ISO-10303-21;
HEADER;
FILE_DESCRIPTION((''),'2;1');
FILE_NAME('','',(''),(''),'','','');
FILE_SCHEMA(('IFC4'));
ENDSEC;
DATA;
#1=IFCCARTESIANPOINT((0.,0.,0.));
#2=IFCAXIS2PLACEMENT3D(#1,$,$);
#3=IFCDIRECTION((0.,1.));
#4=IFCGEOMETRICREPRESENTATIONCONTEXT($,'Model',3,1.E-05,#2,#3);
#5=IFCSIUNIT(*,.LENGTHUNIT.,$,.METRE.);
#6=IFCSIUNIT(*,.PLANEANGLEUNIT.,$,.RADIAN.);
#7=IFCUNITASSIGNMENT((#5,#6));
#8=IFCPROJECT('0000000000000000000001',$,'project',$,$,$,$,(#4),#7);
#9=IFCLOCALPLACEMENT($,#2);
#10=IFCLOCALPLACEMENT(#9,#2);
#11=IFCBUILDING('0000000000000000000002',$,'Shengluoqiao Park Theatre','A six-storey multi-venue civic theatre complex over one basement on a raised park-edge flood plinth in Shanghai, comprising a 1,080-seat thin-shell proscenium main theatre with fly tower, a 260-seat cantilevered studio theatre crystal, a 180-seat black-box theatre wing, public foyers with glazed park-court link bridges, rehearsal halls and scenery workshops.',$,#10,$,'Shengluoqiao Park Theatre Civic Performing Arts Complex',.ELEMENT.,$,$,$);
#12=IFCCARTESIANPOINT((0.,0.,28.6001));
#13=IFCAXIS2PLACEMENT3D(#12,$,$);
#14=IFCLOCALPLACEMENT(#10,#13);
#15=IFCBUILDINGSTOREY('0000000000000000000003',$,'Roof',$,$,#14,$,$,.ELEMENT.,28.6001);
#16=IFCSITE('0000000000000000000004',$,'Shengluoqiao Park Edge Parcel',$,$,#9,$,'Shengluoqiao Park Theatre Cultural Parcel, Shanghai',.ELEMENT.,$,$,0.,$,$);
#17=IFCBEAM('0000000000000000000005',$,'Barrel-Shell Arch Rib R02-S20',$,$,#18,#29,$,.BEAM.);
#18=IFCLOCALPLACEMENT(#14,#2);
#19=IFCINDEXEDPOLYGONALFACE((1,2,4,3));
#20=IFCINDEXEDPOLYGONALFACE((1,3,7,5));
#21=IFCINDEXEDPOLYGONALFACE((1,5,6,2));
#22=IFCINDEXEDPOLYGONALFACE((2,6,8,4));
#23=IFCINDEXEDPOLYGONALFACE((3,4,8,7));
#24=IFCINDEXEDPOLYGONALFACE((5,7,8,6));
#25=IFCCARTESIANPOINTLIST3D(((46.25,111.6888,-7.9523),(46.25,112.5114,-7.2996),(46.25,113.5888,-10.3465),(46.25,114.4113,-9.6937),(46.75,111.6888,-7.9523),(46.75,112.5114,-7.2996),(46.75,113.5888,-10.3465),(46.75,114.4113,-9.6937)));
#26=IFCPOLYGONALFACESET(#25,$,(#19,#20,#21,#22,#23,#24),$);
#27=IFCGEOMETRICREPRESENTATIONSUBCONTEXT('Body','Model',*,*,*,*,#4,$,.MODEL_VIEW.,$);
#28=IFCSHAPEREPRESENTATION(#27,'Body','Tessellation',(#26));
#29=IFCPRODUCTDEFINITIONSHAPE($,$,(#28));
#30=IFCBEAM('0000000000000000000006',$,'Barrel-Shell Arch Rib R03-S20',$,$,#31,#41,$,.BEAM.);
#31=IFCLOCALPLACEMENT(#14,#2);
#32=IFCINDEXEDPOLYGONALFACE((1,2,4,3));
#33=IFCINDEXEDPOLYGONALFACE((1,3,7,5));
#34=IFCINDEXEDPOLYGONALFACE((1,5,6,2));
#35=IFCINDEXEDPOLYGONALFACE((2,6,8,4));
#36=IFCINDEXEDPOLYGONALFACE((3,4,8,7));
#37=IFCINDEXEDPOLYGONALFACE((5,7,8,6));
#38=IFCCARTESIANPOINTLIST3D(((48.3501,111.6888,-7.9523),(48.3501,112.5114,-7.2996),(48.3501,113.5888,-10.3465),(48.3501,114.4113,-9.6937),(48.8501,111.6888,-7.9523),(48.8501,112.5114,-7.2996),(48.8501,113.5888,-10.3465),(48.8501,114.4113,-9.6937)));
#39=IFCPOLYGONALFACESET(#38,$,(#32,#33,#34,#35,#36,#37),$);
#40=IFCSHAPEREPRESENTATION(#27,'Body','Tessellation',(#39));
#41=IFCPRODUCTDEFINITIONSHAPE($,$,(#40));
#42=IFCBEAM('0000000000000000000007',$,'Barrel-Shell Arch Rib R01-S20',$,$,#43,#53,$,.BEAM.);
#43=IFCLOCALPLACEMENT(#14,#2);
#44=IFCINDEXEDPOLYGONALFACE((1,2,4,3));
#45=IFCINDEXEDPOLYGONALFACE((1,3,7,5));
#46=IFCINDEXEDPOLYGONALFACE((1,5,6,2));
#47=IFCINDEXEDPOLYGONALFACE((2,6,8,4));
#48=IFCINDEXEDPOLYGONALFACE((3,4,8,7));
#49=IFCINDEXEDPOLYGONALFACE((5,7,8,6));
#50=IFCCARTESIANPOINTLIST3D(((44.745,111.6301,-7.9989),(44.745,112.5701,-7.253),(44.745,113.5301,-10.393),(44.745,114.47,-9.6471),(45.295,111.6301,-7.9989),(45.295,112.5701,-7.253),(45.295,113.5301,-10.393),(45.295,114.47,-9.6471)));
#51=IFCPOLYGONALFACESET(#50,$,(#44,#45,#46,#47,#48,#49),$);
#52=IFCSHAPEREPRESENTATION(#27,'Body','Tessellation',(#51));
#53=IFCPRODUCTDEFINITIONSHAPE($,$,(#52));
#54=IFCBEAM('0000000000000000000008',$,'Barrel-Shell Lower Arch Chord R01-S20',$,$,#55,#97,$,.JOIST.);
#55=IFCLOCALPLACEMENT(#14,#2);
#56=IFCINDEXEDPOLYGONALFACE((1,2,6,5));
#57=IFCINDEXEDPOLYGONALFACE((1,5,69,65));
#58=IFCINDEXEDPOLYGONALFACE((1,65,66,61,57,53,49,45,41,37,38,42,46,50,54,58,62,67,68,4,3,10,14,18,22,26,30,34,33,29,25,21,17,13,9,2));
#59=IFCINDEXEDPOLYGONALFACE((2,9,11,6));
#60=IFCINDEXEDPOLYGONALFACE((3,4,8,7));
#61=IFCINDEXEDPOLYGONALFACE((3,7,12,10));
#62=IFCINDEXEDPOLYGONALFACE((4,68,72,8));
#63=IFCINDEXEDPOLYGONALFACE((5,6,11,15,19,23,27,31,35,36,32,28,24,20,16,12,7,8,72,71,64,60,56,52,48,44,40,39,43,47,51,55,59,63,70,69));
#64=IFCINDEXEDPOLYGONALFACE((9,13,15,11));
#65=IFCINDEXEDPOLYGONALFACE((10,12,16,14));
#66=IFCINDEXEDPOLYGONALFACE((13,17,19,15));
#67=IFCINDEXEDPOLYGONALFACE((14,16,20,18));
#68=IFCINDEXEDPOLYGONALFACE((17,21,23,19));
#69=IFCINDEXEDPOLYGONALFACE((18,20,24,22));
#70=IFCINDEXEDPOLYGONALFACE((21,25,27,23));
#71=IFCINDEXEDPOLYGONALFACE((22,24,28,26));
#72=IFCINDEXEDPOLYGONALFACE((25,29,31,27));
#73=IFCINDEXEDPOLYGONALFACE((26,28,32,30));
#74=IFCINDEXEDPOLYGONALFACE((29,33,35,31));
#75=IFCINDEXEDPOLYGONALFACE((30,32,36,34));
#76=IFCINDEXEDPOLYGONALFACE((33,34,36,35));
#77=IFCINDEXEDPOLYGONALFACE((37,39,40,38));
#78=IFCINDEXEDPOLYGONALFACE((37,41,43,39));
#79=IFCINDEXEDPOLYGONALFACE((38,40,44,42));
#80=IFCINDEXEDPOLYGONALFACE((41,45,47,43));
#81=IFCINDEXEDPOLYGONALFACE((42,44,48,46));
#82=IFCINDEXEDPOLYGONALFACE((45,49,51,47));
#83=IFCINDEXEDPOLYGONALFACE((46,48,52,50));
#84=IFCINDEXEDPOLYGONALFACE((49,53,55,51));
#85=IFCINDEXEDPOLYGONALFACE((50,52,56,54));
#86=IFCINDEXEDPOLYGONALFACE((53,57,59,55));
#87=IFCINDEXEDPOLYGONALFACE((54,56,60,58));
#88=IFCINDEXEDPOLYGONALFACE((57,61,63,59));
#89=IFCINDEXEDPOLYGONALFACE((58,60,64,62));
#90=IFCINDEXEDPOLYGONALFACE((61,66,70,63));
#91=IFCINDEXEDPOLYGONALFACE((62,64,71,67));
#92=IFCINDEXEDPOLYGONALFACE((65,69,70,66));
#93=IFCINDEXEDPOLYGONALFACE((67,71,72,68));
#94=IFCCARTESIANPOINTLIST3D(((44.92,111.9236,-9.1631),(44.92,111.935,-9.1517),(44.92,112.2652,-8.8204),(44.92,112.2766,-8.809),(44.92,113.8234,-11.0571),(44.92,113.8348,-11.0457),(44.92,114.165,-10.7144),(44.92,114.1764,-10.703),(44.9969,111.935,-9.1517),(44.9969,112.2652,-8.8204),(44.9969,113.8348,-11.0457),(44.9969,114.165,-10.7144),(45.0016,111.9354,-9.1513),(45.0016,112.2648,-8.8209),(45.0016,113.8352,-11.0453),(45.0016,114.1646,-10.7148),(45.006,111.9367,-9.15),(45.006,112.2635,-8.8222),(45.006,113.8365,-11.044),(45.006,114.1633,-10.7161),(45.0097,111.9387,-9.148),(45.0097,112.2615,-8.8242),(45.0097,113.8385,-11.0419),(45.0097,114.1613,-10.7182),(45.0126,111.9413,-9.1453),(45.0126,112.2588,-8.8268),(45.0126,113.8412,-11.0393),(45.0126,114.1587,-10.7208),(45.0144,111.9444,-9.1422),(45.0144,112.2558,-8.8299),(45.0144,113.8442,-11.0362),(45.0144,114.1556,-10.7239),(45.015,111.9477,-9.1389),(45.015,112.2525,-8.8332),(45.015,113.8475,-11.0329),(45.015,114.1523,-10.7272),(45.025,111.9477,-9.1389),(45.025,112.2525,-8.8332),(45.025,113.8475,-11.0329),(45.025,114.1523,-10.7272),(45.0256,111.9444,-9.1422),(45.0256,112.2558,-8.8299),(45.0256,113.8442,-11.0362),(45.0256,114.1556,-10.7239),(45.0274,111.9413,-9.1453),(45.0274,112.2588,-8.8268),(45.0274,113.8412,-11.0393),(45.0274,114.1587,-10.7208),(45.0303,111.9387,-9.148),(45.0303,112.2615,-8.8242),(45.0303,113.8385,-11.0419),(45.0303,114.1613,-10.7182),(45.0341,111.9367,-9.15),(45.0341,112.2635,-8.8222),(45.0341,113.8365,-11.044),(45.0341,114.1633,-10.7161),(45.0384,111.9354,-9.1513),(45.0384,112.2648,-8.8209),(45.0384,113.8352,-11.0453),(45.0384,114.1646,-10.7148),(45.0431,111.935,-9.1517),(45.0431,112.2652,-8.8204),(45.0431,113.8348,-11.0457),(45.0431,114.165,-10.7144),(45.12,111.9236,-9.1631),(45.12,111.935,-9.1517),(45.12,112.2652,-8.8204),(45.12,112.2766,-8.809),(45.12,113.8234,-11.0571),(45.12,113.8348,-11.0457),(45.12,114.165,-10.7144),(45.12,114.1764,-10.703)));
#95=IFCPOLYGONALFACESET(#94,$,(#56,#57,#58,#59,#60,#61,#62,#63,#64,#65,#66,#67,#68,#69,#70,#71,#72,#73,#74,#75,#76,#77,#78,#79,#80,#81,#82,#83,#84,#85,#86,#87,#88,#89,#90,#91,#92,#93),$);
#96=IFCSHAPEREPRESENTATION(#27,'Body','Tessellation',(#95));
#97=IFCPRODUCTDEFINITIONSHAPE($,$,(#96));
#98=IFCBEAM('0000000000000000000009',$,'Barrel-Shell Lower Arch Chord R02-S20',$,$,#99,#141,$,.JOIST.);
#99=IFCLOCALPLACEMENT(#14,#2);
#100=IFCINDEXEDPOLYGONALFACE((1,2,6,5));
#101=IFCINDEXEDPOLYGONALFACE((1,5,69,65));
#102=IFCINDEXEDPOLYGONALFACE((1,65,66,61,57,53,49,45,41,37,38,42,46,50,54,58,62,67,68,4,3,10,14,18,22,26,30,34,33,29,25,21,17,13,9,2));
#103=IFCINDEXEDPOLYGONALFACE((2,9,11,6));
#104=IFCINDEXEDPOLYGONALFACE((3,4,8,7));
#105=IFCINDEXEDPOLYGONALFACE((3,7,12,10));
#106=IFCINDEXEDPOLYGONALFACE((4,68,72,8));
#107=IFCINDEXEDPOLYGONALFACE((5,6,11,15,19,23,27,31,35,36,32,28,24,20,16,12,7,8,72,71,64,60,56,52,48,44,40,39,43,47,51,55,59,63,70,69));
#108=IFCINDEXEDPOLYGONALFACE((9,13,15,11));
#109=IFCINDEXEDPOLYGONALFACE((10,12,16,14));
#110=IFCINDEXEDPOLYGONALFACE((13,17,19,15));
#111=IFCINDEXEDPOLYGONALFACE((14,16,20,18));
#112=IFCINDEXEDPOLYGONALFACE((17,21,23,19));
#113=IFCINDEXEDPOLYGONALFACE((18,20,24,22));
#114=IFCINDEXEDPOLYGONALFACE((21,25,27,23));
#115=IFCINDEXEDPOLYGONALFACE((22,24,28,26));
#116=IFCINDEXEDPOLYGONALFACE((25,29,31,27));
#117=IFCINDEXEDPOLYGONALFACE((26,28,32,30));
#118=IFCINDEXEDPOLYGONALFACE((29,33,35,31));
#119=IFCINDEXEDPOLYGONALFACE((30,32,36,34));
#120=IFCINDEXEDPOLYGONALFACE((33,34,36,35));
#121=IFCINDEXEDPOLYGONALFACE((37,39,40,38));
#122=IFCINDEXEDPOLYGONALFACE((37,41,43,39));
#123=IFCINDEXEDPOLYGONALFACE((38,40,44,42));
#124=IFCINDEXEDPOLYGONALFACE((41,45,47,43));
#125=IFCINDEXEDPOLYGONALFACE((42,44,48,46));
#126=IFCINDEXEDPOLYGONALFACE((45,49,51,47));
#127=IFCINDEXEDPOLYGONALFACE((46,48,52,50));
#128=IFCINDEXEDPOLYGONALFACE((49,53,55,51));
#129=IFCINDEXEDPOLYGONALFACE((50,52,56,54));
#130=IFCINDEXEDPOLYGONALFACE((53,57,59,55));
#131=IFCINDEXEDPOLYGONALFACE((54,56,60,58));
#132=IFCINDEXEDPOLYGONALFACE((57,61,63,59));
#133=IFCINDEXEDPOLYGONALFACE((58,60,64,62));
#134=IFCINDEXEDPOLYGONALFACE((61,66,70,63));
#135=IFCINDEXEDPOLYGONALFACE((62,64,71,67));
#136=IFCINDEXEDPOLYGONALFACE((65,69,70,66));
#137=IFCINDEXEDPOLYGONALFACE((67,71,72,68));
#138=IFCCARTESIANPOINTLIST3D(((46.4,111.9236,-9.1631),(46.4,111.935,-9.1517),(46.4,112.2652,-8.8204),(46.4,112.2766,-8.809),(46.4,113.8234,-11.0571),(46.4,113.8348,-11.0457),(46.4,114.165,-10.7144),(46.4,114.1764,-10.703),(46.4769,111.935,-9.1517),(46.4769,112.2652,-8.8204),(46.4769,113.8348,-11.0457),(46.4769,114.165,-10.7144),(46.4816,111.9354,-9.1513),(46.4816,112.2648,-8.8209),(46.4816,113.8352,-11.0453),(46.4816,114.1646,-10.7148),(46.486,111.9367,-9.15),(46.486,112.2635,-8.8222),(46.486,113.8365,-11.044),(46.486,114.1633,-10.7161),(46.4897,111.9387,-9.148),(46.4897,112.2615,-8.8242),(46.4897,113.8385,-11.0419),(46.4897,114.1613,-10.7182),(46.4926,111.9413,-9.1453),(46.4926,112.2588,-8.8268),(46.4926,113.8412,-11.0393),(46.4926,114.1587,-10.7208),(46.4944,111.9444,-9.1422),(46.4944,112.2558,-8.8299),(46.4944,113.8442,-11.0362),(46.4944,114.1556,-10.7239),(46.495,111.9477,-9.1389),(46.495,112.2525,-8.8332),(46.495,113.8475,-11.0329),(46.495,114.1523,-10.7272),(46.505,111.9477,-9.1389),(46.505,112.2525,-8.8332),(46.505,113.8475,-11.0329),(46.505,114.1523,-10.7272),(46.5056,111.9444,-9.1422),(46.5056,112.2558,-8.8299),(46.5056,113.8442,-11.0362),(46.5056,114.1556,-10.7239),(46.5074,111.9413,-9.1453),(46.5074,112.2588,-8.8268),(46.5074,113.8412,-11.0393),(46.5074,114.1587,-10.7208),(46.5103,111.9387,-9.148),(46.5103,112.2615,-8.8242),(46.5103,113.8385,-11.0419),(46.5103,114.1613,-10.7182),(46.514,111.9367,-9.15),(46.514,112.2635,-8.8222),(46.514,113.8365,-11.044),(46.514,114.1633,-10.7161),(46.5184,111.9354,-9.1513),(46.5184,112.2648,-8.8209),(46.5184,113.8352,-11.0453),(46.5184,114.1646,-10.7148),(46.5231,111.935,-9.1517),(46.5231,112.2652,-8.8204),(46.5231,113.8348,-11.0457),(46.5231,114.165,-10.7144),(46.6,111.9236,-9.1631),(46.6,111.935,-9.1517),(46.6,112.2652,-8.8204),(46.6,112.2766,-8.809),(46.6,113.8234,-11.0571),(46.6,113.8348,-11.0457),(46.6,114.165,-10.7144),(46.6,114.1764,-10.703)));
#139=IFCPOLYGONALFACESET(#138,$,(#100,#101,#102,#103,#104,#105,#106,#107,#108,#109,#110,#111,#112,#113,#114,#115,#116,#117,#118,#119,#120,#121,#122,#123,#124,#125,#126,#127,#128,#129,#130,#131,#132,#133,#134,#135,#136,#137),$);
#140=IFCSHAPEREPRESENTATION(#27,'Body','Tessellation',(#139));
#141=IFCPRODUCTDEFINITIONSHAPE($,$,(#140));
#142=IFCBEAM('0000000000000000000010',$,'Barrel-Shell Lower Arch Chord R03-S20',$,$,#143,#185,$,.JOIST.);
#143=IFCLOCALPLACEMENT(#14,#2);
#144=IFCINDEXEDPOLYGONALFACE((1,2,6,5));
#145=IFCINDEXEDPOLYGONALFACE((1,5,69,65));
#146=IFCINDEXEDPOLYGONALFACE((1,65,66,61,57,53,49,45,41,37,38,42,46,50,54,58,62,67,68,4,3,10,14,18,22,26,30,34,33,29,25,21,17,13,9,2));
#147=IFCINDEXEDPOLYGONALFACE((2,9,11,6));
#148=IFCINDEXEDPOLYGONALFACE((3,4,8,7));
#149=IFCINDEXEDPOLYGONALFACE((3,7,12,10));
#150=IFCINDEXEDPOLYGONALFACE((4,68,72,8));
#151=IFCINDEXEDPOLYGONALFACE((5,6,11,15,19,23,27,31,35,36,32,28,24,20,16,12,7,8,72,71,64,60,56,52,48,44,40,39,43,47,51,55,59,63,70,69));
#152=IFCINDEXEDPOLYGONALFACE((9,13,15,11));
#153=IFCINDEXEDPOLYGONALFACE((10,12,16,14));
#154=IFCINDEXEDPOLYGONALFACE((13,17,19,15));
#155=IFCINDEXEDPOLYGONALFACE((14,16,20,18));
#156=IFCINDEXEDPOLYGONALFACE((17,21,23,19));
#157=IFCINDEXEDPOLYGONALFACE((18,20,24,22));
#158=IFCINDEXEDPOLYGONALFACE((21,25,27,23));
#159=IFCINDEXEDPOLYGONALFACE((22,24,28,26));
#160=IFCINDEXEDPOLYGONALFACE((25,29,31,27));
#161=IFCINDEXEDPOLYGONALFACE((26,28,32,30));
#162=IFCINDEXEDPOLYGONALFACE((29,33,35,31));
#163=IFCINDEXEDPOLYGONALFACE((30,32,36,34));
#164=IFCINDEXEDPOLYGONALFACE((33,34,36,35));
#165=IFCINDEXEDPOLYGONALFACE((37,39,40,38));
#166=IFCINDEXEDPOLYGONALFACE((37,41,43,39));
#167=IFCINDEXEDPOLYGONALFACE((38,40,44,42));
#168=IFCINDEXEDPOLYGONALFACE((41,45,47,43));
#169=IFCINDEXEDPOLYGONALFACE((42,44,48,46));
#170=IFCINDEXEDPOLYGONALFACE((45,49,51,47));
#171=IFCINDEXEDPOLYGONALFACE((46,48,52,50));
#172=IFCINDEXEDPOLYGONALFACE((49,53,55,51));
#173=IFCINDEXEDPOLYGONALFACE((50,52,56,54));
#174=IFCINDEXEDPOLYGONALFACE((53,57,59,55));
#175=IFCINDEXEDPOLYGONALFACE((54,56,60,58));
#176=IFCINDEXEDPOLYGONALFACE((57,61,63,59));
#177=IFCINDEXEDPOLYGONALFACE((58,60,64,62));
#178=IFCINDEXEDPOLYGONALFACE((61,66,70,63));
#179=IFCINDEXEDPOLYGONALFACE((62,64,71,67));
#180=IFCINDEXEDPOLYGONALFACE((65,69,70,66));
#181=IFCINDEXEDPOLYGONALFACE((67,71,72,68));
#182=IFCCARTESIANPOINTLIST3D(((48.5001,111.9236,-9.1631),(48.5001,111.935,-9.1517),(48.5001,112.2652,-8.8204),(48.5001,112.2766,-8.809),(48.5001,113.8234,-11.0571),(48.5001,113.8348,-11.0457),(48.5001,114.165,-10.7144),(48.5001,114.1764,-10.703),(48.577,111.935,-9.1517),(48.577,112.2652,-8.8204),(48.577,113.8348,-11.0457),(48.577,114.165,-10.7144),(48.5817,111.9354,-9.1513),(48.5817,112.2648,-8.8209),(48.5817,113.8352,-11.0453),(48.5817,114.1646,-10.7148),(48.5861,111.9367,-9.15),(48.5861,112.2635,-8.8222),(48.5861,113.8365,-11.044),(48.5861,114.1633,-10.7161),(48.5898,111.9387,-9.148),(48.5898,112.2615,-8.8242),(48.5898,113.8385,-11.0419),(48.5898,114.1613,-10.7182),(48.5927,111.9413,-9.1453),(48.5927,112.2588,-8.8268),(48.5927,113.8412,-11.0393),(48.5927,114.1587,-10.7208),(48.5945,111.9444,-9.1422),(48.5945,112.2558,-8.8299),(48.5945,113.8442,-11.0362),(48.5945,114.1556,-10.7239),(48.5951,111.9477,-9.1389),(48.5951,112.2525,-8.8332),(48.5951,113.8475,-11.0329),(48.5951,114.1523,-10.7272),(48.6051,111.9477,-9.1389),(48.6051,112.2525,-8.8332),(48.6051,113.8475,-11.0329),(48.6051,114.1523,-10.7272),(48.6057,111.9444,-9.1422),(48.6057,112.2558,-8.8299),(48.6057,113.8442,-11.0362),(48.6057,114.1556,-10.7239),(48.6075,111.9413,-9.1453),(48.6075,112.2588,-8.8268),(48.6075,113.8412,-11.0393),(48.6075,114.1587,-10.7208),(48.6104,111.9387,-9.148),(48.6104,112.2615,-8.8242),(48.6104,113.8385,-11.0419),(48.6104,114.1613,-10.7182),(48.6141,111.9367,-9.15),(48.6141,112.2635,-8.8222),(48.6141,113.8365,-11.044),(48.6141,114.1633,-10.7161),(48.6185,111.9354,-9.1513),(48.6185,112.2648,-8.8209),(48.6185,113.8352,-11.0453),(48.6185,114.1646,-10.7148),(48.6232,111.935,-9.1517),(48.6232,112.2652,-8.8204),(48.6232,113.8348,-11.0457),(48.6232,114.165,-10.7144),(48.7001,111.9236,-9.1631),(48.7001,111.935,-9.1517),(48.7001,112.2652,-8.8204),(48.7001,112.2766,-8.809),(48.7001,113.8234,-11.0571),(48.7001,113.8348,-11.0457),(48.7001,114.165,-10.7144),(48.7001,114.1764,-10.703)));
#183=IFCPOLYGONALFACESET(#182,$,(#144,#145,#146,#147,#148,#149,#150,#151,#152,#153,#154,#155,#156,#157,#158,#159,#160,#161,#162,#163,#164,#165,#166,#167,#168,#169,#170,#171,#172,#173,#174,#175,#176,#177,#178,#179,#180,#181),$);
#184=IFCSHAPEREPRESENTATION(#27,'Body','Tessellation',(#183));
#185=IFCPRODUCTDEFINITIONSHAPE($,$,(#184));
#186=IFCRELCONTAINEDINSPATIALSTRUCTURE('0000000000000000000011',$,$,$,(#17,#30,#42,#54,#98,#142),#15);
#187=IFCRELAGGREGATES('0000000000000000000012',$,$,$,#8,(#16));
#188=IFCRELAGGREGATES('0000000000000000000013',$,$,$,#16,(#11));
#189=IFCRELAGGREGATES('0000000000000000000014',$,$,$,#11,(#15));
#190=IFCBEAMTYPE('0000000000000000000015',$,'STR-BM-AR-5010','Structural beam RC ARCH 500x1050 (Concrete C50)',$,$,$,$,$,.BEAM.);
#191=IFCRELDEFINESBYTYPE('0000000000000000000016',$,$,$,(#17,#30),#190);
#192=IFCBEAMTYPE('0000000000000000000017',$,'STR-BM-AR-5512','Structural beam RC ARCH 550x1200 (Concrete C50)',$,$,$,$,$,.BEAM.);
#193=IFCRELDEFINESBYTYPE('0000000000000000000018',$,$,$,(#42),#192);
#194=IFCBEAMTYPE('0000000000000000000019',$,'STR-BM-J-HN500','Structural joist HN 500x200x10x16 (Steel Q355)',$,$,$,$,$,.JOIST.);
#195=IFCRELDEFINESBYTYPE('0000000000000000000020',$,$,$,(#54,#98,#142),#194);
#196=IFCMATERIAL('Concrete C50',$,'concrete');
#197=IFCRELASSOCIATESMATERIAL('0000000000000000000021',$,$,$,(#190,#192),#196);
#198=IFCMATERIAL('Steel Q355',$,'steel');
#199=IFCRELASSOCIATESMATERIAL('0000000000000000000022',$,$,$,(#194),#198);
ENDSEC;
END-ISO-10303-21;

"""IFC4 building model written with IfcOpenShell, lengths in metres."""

from ifc_helpers import new_model, si_unit, direction, frame, origin, origin_2d, place, context, subcontext, project, spatial, rectangle, i_section, extrude, material, material_profile, profile_set, type_object, element, save


model = new_model("IFC4")

# Units and contexts
model_context = context("Model", 3, precision=1e-05, world=origin(), true_north=direction((0.0, 1.0)))
body_context = subcontext(model_context, "Body", "Model", "MODEL_VIEW")
ifc_project = project(units=[si_unit("LENGTHUNIT", "METRE"), si_unit("PLANEANGLEUNIT", "RADIAN")], contexts=[model_context])

# Site, building, storey
site_placement = place(None, origin())
site = spatial("IfcSite", under=ifc_project, at=site_placement, Name="Shengluoqiao Park Edge Parcel", LongName="Shengluoqiao Park Theatre Cultural Parcel, Shanghai", CompositionType="ELEMENT", RefElevation=0.0)
building_placement = place(site_placement, origin())
building = spatial("IfcBuilding", under=site, at=building_placement, Name="Shengluoqiao Park Theatre", Description="A six-storey multi-venue civic theatre complex over one basement on a raised park-edge flood plinth in Shanghai, comprising a 1,080-seat thin-shell proscenium main theatre with fly tower, a 260-seat cantilevered studio theatre crystal, a 180-seat black-box theatre wing, public foyers with glazed park-court link bridges, rehearsal halls and scenery workshops.", LongName="Shengluoqiao Park Theatre Civic Performing Arts Complex", CompositionType="ELEMENT")
storey_placement = place(building_placement, frame((0.0, 0.0, 28.6001)))
storey = spatial("IfcBuildingStorey", under=building, at=storey_placement, Name="Roof", CompositionType="ELEMENT", Elevation=28.6001)

# Beams
ifc_material_1 = material(Name="Concrete C50", Category="concrete")
ifc_material_profile_1 = material_profile(ifc_material_1, rectangle(XDim=0.5, YDim=1.05, at=origin_2d()), Name="RC ARCH 500x1050")
ifc_profile_set_1 = profile_set([ifc_material_profile_1], Name="Concrete C50")
beam_type_1 = type_object("IfcBeamType", Name="STR-BM-AR-5010", Description="Structural beam RC ARCH 500x1050 (Concrete C50)", PredefinedType="BEAM", material=ifc_profile_set_1)
for number, where, z_axis, x_axis, name in (
    (1, (46.5, 112.1001, -7.626), (0.0, 0.621631, -0.78331), (-1.0, 0.0, 0.0), "Barrel-Shell Arch Rib R02-S20"),
    (2, (48.6001, 112.1001, -7.626), (0.0, 0.621631, -0.78331), (-1.0, 0.0, 0.0), "Barrel-Shell Arch Rib R03-S20"),
):
    element("IfcBeam", number, at=place(storey_placement, frame(where, z_axis=z_axis, x_axis=x_axis)), inside=storey, type_object=beam_type_1, Name=name, PredefinedType="BEAM", context=body_context, shape_type="SweptSolid", body=[
        extrude(rectangle(XDim=0.5, YDim=1.05, at=origin_2d()), origin(), (0.0, 0.0, 1.0), 3.0564),
    ])
ifc_material_profile_2 = material_profile(ifc_material_1, rectangle(XDim=0.55, YDim=1.2, at=origin_2d()), Name="RC ARCH 550x1200")
ifc_profile_set_2 = profile_set([ifc_material_profile_2], Name="Concrete C50")
beam_type_2 = type_object("IfcBeamType", Name="STR-BM-AR-5512", Description="Structural beam RC ARCH 550x1200 (Concrete C50)", PredefinedType="BEAM", material=ifc_profile_set_2)
beam_placement = place(storey_placement, frame((45.02, 112.1001, -7.626), z_axis=(0.0, 0.621631, -0.78331), x_axis=(-1.0, 0.0, 0.0)))
element("IfcBeam", 3, at=beam_placement, inside=storey, type_object=beam_type_2, Name="Barrel-Shell Arch Rib R01-S20", PredefinedType="BEAM", context=body_context, shape_type="SweptSolid", body=[
    extrude(rectangle(XDim=0.55, YDim=1.2, at=origin_2d()), origin(), (0.0, 0.0, 1.0), 3.0564),
])
ifc_material_2 = material(Name="Steel Q355", Category="steel")
ifc_material_profile_3 = material_profile(ifc_material_2, i_section(OverallWidth=0.2, OverallDepth=0.5, WebThickness=0.01, FlangeThickness=0.0161, FilletRadius=0.0181, at=origin_2d()), Name="HN 500x200x10x16")
ifc_profile_set_3 = profile_set([ifc_material_profile_3], Name="Steel Q355")
beam_type_3 = type_object("IfcBeamType", Name="STR-BM-J-HN500", Description="Structural joist HN 500x200x10x16 (Steel Q355)", PredefinedType="JOIST", material=ifc_profile_set_3)
for number, where, z_axis, x_axis, name in (
    (4, (45.02, 112.1001, -8.9861), (0.0, 0.708198, -0.706014), (-1.0, 0.0, 0.0), "Barrel-Shell Lower Arch Chord R01-S20"),
    (5, (46.5, 112.1001, -8.9861), (0.0, 0.708198, -0.706014), (-1.0, 0.0, 0.0), "Barrel-Shell Lower Arch Chord R02-S20"),
    (6, (48.6001, 112.1001, -8.9861), (0.0, 0.708198, -0.706014), (-1.0, 0.0, 0.0), "Barrel-Shell Lower Arch Chord R03-S20"),
):
    element("IfcBeam", number, at=place(storey_placement, frame(where, z_axis=z_axis, x_axis=x_axis)), inside=storey, type_object=beam_type_3, Name=name, PredefinedType="JOIST", context=body_context, shape_type="SweptSolid", body=[
        extrude(i_section(OverallWidth=0.2, OverallDepth=0.5, WebThickness=0.01, FlangeThickness=0.0161, FilletRadius=0.0181, at=origin_2d()), origin(), (0.0, 0.0, 1.0), 2.6826),
    ])

save(model, "model.ifc")
